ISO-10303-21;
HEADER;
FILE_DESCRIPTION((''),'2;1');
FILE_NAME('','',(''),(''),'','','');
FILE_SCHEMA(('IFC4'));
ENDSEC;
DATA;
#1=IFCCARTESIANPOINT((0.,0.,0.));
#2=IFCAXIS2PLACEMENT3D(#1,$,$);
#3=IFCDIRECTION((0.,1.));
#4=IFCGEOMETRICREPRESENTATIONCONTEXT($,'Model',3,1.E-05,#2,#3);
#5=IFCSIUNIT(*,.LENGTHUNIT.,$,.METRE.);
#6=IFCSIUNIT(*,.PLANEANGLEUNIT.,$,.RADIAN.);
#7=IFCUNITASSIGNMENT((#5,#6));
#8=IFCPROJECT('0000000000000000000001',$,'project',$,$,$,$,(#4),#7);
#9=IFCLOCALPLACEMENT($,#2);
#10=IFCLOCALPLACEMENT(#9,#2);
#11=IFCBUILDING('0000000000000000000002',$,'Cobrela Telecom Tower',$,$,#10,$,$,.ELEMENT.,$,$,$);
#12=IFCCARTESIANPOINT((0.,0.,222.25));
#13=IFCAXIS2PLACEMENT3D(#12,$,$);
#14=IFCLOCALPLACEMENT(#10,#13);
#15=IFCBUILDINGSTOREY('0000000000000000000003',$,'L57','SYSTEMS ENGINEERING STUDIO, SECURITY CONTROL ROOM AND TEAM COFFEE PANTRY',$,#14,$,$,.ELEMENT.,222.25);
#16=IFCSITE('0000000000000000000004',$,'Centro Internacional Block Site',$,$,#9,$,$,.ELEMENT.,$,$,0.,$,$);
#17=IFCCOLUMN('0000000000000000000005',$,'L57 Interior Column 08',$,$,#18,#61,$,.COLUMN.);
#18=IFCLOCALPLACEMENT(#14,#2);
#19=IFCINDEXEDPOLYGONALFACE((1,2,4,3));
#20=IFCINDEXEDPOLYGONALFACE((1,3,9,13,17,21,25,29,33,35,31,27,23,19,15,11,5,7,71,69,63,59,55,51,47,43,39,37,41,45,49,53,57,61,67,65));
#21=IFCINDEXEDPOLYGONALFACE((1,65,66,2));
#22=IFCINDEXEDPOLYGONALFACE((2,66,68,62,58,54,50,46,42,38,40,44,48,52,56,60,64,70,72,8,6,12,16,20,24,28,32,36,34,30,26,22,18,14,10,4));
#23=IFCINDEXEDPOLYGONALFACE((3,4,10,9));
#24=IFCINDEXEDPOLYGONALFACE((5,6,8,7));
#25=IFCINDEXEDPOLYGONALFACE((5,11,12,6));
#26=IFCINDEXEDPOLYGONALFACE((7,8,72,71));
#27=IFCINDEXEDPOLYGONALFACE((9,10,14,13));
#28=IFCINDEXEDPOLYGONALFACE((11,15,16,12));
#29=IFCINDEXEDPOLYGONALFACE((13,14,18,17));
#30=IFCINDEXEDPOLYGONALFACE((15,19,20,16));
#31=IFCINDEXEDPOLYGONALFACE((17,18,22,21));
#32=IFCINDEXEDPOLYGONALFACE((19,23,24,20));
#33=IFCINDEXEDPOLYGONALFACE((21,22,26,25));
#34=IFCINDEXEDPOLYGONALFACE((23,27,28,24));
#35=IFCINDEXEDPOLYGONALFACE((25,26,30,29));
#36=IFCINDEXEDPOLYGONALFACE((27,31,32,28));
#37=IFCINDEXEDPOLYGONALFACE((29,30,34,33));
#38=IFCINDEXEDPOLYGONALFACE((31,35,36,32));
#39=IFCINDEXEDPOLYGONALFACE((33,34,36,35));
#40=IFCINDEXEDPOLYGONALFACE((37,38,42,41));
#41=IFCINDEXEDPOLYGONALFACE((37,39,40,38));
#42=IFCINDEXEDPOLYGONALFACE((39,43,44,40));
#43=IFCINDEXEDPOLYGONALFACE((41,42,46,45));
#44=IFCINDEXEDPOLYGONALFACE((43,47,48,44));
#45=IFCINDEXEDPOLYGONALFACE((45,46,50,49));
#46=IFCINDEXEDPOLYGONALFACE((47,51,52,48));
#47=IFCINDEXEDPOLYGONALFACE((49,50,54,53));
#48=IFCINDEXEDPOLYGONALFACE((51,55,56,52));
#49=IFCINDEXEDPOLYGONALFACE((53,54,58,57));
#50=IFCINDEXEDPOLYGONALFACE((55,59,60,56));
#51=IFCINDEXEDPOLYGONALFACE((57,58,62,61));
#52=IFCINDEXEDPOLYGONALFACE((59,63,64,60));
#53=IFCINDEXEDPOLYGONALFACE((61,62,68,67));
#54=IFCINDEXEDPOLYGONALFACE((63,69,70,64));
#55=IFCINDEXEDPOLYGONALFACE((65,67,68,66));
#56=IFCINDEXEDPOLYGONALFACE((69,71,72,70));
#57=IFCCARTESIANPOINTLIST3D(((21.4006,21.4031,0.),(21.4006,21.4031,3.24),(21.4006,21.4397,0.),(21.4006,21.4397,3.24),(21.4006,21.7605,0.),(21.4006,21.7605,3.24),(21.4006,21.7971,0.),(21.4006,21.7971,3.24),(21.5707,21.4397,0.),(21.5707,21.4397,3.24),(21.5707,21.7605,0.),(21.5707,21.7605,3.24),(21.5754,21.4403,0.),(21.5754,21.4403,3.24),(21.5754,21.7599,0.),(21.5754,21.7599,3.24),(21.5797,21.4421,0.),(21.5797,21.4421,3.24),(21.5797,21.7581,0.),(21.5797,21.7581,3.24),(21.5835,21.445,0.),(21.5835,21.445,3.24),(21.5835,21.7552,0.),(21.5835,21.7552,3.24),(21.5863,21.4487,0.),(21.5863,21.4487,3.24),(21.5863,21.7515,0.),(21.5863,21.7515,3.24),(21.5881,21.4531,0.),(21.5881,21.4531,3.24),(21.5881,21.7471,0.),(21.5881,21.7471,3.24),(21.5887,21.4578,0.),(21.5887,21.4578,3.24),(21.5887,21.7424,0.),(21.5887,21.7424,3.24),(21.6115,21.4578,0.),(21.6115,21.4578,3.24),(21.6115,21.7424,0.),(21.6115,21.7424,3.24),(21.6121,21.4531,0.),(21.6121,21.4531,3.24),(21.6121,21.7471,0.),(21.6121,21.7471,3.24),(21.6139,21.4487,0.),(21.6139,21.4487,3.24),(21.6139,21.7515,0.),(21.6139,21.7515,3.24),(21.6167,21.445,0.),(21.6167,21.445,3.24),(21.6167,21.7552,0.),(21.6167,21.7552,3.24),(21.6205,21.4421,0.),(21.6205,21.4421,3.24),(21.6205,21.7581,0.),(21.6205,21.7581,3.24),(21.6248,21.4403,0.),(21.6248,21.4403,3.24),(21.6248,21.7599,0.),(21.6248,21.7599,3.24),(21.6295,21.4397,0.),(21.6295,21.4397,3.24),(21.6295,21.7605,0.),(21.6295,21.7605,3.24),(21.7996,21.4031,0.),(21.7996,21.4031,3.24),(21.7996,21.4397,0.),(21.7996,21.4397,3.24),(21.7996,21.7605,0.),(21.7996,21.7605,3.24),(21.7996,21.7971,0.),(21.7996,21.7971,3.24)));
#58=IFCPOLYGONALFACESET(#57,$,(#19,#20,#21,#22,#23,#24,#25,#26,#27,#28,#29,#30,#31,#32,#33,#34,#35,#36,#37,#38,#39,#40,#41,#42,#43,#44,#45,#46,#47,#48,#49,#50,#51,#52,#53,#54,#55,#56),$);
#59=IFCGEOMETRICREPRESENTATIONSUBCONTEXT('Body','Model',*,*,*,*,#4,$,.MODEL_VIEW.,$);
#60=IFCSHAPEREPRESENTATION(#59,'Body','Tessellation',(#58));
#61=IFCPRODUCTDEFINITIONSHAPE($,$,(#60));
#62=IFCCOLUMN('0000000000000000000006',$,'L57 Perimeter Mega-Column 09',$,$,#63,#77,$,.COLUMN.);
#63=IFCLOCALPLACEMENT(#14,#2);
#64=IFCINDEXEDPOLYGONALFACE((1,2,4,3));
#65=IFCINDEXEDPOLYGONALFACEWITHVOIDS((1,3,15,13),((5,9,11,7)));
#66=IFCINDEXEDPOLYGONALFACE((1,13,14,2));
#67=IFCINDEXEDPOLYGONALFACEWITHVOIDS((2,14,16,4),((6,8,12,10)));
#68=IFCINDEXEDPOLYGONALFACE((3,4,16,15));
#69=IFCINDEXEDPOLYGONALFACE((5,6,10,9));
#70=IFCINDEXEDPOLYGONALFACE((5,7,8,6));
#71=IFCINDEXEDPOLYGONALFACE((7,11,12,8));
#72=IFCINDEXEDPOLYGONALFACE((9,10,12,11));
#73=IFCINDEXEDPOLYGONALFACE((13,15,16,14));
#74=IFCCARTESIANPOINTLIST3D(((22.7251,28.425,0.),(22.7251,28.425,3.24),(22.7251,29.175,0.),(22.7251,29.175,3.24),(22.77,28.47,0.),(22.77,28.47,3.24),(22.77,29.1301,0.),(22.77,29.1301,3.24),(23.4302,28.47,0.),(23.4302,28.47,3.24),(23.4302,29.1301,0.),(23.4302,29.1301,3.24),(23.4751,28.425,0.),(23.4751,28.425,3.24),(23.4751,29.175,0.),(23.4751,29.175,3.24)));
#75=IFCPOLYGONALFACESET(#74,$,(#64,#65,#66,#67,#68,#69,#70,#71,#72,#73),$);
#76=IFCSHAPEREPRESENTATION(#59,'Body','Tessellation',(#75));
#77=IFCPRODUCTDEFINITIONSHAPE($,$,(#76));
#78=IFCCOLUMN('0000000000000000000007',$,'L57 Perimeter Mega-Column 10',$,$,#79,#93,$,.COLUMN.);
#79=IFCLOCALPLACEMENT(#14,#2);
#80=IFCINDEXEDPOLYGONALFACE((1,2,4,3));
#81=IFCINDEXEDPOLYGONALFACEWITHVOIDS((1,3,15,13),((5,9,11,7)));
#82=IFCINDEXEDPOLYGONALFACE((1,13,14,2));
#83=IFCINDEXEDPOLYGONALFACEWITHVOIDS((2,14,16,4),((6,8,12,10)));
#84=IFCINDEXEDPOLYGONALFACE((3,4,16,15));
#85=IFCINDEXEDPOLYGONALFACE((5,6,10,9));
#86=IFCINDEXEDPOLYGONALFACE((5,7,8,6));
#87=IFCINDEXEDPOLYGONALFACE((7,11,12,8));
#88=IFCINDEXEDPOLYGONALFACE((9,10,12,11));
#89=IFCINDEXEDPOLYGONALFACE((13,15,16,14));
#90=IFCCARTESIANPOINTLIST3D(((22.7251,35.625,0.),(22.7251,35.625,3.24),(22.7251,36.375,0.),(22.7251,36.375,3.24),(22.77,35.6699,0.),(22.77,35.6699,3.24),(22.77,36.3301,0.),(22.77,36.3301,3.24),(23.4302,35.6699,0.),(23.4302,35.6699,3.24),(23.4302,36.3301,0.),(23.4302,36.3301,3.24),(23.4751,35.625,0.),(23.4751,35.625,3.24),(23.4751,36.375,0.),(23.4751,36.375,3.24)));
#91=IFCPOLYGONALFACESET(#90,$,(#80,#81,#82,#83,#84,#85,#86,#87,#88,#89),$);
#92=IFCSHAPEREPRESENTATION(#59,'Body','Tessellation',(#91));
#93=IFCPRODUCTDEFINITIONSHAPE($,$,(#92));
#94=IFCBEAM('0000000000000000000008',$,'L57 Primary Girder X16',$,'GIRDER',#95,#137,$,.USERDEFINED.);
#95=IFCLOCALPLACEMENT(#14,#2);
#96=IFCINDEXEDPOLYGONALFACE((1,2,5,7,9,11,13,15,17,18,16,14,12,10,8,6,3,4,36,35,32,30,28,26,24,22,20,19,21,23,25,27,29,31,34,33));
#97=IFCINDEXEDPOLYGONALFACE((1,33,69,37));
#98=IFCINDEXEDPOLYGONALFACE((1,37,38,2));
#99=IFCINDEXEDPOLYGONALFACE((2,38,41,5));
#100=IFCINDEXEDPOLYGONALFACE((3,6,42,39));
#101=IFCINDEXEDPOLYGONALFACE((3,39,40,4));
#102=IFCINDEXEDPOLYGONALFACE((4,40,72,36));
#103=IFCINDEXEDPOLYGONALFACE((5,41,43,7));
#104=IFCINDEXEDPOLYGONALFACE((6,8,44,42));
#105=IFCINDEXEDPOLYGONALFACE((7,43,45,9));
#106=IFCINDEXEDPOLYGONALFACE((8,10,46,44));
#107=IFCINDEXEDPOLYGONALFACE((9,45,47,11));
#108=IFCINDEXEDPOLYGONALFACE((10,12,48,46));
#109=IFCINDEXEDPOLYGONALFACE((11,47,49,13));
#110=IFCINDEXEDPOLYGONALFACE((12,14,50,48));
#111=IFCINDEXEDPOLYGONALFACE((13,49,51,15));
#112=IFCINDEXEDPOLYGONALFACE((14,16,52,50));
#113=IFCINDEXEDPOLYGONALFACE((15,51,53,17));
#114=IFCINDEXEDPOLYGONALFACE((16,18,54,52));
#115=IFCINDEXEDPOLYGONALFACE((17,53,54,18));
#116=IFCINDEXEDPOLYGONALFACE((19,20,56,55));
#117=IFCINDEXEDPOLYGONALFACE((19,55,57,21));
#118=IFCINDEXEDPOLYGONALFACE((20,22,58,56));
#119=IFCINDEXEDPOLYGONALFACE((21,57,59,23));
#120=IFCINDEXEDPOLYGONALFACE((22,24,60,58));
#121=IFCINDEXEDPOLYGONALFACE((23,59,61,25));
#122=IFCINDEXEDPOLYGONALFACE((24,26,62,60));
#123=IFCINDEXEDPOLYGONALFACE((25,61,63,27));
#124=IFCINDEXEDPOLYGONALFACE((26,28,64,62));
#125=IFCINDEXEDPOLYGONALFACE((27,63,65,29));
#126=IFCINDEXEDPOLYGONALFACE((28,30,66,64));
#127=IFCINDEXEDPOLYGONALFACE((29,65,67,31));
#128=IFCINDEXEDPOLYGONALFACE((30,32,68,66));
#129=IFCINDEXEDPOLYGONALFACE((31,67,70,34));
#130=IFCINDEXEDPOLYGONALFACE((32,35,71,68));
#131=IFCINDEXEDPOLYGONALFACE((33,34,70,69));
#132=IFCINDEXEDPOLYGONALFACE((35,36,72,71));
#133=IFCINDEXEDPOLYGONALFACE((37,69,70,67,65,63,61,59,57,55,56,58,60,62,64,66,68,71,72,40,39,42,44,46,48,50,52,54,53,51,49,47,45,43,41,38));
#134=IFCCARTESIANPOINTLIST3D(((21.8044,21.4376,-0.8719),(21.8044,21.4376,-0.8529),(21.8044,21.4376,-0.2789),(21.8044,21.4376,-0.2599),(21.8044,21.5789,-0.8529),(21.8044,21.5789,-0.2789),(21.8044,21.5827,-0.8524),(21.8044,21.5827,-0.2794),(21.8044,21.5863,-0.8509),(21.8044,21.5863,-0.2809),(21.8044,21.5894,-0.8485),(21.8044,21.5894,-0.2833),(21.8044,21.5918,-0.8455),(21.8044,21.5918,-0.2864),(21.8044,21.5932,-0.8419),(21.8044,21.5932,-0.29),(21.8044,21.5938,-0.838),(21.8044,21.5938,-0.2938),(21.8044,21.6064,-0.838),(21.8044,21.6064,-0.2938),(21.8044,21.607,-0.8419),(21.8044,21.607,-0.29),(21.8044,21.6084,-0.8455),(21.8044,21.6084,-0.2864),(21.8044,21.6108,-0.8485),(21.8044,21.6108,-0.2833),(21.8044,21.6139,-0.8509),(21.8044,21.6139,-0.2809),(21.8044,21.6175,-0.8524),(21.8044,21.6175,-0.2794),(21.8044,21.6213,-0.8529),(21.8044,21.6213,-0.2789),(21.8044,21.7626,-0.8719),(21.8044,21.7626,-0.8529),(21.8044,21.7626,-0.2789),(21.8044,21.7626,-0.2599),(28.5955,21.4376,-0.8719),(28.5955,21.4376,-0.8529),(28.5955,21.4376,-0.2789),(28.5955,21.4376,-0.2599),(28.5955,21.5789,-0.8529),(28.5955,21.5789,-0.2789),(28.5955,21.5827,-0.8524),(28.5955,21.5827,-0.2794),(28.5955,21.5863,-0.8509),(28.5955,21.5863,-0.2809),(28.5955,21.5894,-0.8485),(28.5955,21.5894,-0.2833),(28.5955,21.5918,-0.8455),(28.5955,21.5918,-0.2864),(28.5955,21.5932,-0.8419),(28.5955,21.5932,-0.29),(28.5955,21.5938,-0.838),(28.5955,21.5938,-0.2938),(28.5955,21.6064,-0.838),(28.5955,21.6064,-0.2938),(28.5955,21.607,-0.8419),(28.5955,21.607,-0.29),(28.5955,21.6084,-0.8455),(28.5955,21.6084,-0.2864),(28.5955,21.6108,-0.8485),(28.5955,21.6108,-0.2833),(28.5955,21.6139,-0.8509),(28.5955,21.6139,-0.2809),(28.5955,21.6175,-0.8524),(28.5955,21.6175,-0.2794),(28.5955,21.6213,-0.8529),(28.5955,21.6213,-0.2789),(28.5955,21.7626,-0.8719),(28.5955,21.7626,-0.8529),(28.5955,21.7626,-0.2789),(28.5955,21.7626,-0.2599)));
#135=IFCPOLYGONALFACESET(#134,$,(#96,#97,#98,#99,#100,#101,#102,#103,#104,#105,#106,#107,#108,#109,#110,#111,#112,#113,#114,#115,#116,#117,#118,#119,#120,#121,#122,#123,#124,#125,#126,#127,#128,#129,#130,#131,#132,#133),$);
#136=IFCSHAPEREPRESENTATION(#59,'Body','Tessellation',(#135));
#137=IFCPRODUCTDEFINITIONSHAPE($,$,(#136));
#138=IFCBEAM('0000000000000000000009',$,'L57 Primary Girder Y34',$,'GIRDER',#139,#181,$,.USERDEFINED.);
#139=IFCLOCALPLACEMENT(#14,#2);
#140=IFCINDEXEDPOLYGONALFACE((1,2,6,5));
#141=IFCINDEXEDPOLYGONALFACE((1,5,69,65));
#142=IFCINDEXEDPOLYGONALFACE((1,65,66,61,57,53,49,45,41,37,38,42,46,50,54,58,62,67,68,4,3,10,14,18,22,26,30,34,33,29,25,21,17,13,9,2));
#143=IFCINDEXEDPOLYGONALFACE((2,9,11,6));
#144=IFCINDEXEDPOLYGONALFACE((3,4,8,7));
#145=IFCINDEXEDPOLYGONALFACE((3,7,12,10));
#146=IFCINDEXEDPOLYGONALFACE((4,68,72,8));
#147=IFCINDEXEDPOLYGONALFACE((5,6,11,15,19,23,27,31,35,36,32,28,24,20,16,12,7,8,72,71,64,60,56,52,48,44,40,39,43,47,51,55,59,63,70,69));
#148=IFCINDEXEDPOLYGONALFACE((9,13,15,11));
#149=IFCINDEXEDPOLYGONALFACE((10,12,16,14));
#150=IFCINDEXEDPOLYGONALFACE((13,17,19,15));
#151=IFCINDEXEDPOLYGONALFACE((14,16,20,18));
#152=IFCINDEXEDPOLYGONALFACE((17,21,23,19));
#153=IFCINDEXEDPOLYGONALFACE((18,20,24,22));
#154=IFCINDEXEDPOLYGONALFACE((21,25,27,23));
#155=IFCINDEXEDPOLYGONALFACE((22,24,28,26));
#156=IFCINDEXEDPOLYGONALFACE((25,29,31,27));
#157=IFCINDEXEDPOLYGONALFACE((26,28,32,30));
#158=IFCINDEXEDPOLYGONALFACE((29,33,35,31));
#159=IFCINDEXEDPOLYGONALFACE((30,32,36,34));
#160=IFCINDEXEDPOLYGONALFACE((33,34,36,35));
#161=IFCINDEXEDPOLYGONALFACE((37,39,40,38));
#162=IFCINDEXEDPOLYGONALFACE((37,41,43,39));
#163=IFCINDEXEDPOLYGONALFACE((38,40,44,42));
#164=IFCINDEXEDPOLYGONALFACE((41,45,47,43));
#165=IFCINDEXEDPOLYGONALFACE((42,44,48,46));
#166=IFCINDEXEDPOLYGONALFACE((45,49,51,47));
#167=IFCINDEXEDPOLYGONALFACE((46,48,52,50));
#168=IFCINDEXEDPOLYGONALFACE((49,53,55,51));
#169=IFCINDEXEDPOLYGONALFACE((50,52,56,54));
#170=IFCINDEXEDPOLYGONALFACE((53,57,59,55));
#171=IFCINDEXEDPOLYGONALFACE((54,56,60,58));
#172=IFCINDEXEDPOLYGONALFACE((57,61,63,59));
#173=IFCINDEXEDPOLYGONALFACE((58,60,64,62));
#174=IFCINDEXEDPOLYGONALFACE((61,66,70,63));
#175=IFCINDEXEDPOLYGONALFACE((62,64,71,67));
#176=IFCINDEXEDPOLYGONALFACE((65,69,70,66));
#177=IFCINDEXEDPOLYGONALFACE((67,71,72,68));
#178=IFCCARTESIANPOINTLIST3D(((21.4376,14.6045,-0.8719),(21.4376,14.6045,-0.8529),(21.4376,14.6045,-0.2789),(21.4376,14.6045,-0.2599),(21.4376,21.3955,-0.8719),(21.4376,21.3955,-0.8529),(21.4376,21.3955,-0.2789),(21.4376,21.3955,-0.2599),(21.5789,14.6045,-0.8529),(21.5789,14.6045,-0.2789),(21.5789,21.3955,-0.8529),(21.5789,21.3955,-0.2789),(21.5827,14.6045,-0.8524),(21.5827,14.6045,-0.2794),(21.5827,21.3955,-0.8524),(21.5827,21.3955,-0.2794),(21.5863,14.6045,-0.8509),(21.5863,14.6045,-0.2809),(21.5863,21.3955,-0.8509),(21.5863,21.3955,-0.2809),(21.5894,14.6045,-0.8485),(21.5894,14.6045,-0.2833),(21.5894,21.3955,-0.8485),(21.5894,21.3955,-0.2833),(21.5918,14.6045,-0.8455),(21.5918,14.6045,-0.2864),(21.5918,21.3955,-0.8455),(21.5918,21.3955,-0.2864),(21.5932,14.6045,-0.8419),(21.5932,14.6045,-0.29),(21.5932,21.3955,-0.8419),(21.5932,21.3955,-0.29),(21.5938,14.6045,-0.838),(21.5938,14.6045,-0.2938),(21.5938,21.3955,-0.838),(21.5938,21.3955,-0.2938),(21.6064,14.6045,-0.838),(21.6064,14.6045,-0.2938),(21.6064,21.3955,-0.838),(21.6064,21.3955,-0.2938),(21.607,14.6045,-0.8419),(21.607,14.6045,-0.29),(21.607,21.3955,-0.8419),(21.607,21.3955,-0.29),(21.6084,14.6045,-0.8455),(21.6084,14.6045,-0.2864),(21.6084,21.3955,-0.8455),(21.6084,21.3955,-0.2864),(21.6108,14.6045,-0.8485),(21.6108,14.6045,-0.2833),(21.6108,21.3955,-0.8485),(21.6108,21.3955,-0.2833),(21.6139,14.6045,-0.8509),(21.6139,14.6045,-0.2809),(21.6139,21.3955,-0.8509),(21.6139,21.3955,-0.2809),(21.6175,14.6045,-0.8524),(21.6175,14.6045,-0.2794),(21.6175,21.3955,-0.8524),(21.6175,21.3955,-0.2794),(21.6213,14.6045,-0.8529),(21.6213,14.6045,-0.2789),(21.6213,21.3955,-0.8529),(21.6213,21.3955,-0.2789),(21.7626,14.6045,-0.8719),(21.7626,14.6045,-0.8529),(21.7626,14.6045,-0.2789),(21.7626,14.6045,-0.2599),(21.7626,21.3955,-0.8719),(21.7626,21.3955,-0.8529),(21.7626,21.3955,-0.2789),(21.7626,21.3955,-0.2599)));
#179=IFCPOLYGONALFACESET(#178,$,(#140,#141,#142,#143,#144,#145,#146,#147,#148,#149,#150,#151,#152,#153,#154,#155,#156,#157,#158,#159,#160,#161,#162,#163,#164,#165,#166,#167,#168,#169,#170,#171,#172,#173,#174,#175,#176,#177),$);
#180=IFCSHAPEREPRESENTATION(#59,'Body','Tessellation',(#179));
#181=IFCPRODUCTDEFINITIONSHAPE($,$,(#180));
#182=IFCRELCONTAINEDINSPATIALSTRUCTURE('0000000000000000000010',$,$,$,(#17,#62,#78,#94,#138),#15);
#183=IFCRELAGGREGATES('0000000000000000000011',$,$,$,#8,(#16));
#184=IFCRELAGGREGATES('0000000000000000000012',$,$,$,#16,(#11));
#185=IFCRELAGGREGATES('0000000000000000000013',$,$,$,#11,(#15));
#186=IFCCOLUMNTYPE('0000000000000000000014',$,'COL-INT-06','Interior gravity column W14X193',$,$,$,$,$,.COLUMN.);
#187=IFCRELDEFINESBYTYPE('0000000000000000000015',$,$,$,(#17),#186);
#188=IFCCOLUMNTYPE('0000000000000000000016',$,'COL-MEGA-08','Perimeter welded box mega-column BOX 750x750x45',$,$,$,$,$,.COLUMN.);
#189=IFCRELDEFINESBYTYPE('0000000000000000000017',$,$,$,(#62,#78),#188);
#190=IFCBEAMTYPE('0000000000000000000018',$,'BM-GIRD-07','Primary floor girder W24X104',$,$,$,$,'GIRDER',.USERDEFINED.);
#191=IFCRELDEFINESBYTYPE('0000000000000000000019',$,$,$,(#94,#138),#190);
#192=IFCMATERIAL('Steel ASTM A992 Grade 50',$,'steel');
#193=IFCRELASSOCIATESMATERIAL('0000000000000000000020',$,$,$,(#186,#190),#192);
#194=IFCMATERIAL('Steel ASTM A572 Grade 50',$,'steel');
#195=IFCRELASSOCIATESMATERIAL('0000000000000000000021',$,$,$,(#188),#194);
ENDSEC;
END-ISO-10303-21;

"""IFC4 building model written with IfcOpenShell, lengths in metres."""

from ifc_helpers import new_model, si_unit, direction, frame, origin, origin_2d, place, context, subcontext, project, spatial, hollow_rectangle, i_section, extrude, material, material_profile, profile_set, type_object, element, save


model = new_model("IFC4")

# Units and contexts
model_context = context("Model", 3, precision=1e-05, world=origin(), true_north=direction((0.0, 1.0)))
body_context = subcontext(model_context, "Body", "Model", "MODEL_VIEW")
ifc_project = project(units=[si_unit("LENGTHUNIT", "METRE"), si_unit("PLANEANGLEUNIT", "RADIAN")], contexts=[model_context])

# Site, building, storey
site_placement = place(None, origin())
site = spatial("IfcSite", under=ifc_project, at=site_placement, Name="Centro Internacional Block Site", CompositionType="ELEMENT", RefElevation=0.0)
building_placement = place(site_placement, origin())
building = spatial("IfcBuilding", under=site, at=building_placement, Name="Cobrela Telecom Tower", CompositionType="ELEMENT")
storey_placement = place(building_placement, frame((0.0, 0.0, 222.25)))
storey = spatial("IfcBuildingStorey", under=building, at=storey_placement, Name="L57", Description="SYSTEMS ENGINEERING STUDIO, SECURITY CONTROL ROOM AND TEAM COFFEE PANTRY", CompositionType="ELEMENT", Elevation=222.25)

# Columns
ifc_material_1 = material(Name="Steel ASTM A992 Grade 50", Category="steel")
ifc_material_profile_1 = material_profile(ifc_material_1, i_section(OverallWidth=0.3989, OverallDepth=0.394, WebThickness=0.0227, FlangeThickness=0.0366, FilletRadius=0.0181, at=origin_2d()), Name="W14X193")
ifc_profile_set_1 = profile_set([ifc_material_profile_1], Name="Steel ASTM A992 Grade 50")
column_type_1 = type_object("IfcColumnType", Name="COL-INT-06", Description="Interior gravity column W14X193", PredefinedType="COLUMN", material=ifc_profile_set_1)
column_placement = place(storey_placement, frame((21.6001, 21.6001, 0.0), z_axis=(0.0, 0.0, 1.0), x_axis=(1.0, 0.0, 0.0)))
element("IfcColumn", 1, at=column_placement, inside=storey, type_object=column_type_1, Name="L57 Interior Column 08", PredefinedType="COLUMN", context=body_context, shape_type="SweptSolid", body=[
    extrude(i_section(OverallWidth=0.3989, OverallDepth=0.394, WebThickness=0.0227, FlangeThickness=0.0366, FilletRadius=0.0181, at=origin_2d()), origin(), (0.0, 0.0, 1.0), 3.24),
])
ifc_material_2 = material(Name="Steel ASTM A572 Grade 50", Category="steel")
ifc_material_profile_2 = material_profile(ifc_material_2, hollow_rectangle(XDim=0.75, YDim=0.75, WallThickness=0.0449, at=origin_2d()), Name="BOX 750x750x45")
ifc_profile_set_2 = profile_set([ifc_material_profile_2], Name="Steel ASTM A572 Grade 50")
column_type_2 = type_object("IfcColumnType", Name="COL-MEGA-08", Description="Perimeter welded box mega-column BOX 750x750x45", PredefinedType="COLUMN", material=ifc_profile_set_2)
for number, where, z_axis, x_axis, name in (
    (2, (23.1001, 28.8, 0.0), (0.0, 0.0, 1.0), (1.0, 0.0, 0.0), "L57 Perimeter Mega-Column 09"),
    (3, (23.1001, 36.0, 0.0), (0.0, 0.0, 1.0), (1.0, 0.0, 0.0), "L57 Perimeter Mega-Column 10"),
):
    element("IfcColumn", number, at=place(storey_placement, frame(where, z_axis=z_axis, x_axis=x_axis)), inside=storey, type_object=column_type_2, Name=name, PredefinedType="COLUMN", context=body_context, shape_type="SweptSolid", body=[
        extrude(hollow_rectangle(XDim=0.75, YDim=0.75, WallThickness=0.0449, at=origin_2d()), origin(), (0.0, 0.0, 1.0), 3.24),
    ])

# Beams
ifc_material_profile_3 = material_profile(ifc_material_1, i_section(OverallWidth=0.325, OverallDepth=0.6121, WebThickness=0.0127, FlangeThickness=0.019, FilletRadius=0.0149, at=origin_2d()), Name="W24X104")
ifc_profile_set_3 = profile_set([ifc_material_profile_3], Name="Steel ASTM A992 Grade 50")
beam_type_1 = type_object("IfcBeamType", Name="BM-GIRD-07", Description="Primary floor girder W24X104", ElementType="GIRDER", PredefinedType="USERDEFINED", material=ifc_profile_set_3)
for number, where, z_axis, x_axis, name in (
    (4, (21.8044, 21.6001, -0.5659), (1.0, 0.0, 0.0), (0.0, 1.0, 0.0), "L57 Primary Girder X16"),
    (5, (21.6001, 14.6045, -0.5659), (0.0, 1.0, 0.0), (-1.0, 0.0, 0.0), "L57 Primary Girder Y34"),
):
    element("IfcBeam", number, at=place(storey_placement, frame(where, z_axis=z_axis, x_axis=x_axis)), inside=storey, type_object=beam_type_1, Name=name, ObjectType="GIRDER", PredefinedType="USERDEFINED", context=body_context, shape_type="SweptSolid", body=[
        extrude(i_section(OverallWidth=0.325, OverallDepth=0.6121, WebThickness=0.0127, FlangeThickness=0.019, FilletRadius=0.0149, at=origin_2d()), origin(), (0.0, 0.0, 1.0), 6.791),
    ])

save(model, "model.ifc")
